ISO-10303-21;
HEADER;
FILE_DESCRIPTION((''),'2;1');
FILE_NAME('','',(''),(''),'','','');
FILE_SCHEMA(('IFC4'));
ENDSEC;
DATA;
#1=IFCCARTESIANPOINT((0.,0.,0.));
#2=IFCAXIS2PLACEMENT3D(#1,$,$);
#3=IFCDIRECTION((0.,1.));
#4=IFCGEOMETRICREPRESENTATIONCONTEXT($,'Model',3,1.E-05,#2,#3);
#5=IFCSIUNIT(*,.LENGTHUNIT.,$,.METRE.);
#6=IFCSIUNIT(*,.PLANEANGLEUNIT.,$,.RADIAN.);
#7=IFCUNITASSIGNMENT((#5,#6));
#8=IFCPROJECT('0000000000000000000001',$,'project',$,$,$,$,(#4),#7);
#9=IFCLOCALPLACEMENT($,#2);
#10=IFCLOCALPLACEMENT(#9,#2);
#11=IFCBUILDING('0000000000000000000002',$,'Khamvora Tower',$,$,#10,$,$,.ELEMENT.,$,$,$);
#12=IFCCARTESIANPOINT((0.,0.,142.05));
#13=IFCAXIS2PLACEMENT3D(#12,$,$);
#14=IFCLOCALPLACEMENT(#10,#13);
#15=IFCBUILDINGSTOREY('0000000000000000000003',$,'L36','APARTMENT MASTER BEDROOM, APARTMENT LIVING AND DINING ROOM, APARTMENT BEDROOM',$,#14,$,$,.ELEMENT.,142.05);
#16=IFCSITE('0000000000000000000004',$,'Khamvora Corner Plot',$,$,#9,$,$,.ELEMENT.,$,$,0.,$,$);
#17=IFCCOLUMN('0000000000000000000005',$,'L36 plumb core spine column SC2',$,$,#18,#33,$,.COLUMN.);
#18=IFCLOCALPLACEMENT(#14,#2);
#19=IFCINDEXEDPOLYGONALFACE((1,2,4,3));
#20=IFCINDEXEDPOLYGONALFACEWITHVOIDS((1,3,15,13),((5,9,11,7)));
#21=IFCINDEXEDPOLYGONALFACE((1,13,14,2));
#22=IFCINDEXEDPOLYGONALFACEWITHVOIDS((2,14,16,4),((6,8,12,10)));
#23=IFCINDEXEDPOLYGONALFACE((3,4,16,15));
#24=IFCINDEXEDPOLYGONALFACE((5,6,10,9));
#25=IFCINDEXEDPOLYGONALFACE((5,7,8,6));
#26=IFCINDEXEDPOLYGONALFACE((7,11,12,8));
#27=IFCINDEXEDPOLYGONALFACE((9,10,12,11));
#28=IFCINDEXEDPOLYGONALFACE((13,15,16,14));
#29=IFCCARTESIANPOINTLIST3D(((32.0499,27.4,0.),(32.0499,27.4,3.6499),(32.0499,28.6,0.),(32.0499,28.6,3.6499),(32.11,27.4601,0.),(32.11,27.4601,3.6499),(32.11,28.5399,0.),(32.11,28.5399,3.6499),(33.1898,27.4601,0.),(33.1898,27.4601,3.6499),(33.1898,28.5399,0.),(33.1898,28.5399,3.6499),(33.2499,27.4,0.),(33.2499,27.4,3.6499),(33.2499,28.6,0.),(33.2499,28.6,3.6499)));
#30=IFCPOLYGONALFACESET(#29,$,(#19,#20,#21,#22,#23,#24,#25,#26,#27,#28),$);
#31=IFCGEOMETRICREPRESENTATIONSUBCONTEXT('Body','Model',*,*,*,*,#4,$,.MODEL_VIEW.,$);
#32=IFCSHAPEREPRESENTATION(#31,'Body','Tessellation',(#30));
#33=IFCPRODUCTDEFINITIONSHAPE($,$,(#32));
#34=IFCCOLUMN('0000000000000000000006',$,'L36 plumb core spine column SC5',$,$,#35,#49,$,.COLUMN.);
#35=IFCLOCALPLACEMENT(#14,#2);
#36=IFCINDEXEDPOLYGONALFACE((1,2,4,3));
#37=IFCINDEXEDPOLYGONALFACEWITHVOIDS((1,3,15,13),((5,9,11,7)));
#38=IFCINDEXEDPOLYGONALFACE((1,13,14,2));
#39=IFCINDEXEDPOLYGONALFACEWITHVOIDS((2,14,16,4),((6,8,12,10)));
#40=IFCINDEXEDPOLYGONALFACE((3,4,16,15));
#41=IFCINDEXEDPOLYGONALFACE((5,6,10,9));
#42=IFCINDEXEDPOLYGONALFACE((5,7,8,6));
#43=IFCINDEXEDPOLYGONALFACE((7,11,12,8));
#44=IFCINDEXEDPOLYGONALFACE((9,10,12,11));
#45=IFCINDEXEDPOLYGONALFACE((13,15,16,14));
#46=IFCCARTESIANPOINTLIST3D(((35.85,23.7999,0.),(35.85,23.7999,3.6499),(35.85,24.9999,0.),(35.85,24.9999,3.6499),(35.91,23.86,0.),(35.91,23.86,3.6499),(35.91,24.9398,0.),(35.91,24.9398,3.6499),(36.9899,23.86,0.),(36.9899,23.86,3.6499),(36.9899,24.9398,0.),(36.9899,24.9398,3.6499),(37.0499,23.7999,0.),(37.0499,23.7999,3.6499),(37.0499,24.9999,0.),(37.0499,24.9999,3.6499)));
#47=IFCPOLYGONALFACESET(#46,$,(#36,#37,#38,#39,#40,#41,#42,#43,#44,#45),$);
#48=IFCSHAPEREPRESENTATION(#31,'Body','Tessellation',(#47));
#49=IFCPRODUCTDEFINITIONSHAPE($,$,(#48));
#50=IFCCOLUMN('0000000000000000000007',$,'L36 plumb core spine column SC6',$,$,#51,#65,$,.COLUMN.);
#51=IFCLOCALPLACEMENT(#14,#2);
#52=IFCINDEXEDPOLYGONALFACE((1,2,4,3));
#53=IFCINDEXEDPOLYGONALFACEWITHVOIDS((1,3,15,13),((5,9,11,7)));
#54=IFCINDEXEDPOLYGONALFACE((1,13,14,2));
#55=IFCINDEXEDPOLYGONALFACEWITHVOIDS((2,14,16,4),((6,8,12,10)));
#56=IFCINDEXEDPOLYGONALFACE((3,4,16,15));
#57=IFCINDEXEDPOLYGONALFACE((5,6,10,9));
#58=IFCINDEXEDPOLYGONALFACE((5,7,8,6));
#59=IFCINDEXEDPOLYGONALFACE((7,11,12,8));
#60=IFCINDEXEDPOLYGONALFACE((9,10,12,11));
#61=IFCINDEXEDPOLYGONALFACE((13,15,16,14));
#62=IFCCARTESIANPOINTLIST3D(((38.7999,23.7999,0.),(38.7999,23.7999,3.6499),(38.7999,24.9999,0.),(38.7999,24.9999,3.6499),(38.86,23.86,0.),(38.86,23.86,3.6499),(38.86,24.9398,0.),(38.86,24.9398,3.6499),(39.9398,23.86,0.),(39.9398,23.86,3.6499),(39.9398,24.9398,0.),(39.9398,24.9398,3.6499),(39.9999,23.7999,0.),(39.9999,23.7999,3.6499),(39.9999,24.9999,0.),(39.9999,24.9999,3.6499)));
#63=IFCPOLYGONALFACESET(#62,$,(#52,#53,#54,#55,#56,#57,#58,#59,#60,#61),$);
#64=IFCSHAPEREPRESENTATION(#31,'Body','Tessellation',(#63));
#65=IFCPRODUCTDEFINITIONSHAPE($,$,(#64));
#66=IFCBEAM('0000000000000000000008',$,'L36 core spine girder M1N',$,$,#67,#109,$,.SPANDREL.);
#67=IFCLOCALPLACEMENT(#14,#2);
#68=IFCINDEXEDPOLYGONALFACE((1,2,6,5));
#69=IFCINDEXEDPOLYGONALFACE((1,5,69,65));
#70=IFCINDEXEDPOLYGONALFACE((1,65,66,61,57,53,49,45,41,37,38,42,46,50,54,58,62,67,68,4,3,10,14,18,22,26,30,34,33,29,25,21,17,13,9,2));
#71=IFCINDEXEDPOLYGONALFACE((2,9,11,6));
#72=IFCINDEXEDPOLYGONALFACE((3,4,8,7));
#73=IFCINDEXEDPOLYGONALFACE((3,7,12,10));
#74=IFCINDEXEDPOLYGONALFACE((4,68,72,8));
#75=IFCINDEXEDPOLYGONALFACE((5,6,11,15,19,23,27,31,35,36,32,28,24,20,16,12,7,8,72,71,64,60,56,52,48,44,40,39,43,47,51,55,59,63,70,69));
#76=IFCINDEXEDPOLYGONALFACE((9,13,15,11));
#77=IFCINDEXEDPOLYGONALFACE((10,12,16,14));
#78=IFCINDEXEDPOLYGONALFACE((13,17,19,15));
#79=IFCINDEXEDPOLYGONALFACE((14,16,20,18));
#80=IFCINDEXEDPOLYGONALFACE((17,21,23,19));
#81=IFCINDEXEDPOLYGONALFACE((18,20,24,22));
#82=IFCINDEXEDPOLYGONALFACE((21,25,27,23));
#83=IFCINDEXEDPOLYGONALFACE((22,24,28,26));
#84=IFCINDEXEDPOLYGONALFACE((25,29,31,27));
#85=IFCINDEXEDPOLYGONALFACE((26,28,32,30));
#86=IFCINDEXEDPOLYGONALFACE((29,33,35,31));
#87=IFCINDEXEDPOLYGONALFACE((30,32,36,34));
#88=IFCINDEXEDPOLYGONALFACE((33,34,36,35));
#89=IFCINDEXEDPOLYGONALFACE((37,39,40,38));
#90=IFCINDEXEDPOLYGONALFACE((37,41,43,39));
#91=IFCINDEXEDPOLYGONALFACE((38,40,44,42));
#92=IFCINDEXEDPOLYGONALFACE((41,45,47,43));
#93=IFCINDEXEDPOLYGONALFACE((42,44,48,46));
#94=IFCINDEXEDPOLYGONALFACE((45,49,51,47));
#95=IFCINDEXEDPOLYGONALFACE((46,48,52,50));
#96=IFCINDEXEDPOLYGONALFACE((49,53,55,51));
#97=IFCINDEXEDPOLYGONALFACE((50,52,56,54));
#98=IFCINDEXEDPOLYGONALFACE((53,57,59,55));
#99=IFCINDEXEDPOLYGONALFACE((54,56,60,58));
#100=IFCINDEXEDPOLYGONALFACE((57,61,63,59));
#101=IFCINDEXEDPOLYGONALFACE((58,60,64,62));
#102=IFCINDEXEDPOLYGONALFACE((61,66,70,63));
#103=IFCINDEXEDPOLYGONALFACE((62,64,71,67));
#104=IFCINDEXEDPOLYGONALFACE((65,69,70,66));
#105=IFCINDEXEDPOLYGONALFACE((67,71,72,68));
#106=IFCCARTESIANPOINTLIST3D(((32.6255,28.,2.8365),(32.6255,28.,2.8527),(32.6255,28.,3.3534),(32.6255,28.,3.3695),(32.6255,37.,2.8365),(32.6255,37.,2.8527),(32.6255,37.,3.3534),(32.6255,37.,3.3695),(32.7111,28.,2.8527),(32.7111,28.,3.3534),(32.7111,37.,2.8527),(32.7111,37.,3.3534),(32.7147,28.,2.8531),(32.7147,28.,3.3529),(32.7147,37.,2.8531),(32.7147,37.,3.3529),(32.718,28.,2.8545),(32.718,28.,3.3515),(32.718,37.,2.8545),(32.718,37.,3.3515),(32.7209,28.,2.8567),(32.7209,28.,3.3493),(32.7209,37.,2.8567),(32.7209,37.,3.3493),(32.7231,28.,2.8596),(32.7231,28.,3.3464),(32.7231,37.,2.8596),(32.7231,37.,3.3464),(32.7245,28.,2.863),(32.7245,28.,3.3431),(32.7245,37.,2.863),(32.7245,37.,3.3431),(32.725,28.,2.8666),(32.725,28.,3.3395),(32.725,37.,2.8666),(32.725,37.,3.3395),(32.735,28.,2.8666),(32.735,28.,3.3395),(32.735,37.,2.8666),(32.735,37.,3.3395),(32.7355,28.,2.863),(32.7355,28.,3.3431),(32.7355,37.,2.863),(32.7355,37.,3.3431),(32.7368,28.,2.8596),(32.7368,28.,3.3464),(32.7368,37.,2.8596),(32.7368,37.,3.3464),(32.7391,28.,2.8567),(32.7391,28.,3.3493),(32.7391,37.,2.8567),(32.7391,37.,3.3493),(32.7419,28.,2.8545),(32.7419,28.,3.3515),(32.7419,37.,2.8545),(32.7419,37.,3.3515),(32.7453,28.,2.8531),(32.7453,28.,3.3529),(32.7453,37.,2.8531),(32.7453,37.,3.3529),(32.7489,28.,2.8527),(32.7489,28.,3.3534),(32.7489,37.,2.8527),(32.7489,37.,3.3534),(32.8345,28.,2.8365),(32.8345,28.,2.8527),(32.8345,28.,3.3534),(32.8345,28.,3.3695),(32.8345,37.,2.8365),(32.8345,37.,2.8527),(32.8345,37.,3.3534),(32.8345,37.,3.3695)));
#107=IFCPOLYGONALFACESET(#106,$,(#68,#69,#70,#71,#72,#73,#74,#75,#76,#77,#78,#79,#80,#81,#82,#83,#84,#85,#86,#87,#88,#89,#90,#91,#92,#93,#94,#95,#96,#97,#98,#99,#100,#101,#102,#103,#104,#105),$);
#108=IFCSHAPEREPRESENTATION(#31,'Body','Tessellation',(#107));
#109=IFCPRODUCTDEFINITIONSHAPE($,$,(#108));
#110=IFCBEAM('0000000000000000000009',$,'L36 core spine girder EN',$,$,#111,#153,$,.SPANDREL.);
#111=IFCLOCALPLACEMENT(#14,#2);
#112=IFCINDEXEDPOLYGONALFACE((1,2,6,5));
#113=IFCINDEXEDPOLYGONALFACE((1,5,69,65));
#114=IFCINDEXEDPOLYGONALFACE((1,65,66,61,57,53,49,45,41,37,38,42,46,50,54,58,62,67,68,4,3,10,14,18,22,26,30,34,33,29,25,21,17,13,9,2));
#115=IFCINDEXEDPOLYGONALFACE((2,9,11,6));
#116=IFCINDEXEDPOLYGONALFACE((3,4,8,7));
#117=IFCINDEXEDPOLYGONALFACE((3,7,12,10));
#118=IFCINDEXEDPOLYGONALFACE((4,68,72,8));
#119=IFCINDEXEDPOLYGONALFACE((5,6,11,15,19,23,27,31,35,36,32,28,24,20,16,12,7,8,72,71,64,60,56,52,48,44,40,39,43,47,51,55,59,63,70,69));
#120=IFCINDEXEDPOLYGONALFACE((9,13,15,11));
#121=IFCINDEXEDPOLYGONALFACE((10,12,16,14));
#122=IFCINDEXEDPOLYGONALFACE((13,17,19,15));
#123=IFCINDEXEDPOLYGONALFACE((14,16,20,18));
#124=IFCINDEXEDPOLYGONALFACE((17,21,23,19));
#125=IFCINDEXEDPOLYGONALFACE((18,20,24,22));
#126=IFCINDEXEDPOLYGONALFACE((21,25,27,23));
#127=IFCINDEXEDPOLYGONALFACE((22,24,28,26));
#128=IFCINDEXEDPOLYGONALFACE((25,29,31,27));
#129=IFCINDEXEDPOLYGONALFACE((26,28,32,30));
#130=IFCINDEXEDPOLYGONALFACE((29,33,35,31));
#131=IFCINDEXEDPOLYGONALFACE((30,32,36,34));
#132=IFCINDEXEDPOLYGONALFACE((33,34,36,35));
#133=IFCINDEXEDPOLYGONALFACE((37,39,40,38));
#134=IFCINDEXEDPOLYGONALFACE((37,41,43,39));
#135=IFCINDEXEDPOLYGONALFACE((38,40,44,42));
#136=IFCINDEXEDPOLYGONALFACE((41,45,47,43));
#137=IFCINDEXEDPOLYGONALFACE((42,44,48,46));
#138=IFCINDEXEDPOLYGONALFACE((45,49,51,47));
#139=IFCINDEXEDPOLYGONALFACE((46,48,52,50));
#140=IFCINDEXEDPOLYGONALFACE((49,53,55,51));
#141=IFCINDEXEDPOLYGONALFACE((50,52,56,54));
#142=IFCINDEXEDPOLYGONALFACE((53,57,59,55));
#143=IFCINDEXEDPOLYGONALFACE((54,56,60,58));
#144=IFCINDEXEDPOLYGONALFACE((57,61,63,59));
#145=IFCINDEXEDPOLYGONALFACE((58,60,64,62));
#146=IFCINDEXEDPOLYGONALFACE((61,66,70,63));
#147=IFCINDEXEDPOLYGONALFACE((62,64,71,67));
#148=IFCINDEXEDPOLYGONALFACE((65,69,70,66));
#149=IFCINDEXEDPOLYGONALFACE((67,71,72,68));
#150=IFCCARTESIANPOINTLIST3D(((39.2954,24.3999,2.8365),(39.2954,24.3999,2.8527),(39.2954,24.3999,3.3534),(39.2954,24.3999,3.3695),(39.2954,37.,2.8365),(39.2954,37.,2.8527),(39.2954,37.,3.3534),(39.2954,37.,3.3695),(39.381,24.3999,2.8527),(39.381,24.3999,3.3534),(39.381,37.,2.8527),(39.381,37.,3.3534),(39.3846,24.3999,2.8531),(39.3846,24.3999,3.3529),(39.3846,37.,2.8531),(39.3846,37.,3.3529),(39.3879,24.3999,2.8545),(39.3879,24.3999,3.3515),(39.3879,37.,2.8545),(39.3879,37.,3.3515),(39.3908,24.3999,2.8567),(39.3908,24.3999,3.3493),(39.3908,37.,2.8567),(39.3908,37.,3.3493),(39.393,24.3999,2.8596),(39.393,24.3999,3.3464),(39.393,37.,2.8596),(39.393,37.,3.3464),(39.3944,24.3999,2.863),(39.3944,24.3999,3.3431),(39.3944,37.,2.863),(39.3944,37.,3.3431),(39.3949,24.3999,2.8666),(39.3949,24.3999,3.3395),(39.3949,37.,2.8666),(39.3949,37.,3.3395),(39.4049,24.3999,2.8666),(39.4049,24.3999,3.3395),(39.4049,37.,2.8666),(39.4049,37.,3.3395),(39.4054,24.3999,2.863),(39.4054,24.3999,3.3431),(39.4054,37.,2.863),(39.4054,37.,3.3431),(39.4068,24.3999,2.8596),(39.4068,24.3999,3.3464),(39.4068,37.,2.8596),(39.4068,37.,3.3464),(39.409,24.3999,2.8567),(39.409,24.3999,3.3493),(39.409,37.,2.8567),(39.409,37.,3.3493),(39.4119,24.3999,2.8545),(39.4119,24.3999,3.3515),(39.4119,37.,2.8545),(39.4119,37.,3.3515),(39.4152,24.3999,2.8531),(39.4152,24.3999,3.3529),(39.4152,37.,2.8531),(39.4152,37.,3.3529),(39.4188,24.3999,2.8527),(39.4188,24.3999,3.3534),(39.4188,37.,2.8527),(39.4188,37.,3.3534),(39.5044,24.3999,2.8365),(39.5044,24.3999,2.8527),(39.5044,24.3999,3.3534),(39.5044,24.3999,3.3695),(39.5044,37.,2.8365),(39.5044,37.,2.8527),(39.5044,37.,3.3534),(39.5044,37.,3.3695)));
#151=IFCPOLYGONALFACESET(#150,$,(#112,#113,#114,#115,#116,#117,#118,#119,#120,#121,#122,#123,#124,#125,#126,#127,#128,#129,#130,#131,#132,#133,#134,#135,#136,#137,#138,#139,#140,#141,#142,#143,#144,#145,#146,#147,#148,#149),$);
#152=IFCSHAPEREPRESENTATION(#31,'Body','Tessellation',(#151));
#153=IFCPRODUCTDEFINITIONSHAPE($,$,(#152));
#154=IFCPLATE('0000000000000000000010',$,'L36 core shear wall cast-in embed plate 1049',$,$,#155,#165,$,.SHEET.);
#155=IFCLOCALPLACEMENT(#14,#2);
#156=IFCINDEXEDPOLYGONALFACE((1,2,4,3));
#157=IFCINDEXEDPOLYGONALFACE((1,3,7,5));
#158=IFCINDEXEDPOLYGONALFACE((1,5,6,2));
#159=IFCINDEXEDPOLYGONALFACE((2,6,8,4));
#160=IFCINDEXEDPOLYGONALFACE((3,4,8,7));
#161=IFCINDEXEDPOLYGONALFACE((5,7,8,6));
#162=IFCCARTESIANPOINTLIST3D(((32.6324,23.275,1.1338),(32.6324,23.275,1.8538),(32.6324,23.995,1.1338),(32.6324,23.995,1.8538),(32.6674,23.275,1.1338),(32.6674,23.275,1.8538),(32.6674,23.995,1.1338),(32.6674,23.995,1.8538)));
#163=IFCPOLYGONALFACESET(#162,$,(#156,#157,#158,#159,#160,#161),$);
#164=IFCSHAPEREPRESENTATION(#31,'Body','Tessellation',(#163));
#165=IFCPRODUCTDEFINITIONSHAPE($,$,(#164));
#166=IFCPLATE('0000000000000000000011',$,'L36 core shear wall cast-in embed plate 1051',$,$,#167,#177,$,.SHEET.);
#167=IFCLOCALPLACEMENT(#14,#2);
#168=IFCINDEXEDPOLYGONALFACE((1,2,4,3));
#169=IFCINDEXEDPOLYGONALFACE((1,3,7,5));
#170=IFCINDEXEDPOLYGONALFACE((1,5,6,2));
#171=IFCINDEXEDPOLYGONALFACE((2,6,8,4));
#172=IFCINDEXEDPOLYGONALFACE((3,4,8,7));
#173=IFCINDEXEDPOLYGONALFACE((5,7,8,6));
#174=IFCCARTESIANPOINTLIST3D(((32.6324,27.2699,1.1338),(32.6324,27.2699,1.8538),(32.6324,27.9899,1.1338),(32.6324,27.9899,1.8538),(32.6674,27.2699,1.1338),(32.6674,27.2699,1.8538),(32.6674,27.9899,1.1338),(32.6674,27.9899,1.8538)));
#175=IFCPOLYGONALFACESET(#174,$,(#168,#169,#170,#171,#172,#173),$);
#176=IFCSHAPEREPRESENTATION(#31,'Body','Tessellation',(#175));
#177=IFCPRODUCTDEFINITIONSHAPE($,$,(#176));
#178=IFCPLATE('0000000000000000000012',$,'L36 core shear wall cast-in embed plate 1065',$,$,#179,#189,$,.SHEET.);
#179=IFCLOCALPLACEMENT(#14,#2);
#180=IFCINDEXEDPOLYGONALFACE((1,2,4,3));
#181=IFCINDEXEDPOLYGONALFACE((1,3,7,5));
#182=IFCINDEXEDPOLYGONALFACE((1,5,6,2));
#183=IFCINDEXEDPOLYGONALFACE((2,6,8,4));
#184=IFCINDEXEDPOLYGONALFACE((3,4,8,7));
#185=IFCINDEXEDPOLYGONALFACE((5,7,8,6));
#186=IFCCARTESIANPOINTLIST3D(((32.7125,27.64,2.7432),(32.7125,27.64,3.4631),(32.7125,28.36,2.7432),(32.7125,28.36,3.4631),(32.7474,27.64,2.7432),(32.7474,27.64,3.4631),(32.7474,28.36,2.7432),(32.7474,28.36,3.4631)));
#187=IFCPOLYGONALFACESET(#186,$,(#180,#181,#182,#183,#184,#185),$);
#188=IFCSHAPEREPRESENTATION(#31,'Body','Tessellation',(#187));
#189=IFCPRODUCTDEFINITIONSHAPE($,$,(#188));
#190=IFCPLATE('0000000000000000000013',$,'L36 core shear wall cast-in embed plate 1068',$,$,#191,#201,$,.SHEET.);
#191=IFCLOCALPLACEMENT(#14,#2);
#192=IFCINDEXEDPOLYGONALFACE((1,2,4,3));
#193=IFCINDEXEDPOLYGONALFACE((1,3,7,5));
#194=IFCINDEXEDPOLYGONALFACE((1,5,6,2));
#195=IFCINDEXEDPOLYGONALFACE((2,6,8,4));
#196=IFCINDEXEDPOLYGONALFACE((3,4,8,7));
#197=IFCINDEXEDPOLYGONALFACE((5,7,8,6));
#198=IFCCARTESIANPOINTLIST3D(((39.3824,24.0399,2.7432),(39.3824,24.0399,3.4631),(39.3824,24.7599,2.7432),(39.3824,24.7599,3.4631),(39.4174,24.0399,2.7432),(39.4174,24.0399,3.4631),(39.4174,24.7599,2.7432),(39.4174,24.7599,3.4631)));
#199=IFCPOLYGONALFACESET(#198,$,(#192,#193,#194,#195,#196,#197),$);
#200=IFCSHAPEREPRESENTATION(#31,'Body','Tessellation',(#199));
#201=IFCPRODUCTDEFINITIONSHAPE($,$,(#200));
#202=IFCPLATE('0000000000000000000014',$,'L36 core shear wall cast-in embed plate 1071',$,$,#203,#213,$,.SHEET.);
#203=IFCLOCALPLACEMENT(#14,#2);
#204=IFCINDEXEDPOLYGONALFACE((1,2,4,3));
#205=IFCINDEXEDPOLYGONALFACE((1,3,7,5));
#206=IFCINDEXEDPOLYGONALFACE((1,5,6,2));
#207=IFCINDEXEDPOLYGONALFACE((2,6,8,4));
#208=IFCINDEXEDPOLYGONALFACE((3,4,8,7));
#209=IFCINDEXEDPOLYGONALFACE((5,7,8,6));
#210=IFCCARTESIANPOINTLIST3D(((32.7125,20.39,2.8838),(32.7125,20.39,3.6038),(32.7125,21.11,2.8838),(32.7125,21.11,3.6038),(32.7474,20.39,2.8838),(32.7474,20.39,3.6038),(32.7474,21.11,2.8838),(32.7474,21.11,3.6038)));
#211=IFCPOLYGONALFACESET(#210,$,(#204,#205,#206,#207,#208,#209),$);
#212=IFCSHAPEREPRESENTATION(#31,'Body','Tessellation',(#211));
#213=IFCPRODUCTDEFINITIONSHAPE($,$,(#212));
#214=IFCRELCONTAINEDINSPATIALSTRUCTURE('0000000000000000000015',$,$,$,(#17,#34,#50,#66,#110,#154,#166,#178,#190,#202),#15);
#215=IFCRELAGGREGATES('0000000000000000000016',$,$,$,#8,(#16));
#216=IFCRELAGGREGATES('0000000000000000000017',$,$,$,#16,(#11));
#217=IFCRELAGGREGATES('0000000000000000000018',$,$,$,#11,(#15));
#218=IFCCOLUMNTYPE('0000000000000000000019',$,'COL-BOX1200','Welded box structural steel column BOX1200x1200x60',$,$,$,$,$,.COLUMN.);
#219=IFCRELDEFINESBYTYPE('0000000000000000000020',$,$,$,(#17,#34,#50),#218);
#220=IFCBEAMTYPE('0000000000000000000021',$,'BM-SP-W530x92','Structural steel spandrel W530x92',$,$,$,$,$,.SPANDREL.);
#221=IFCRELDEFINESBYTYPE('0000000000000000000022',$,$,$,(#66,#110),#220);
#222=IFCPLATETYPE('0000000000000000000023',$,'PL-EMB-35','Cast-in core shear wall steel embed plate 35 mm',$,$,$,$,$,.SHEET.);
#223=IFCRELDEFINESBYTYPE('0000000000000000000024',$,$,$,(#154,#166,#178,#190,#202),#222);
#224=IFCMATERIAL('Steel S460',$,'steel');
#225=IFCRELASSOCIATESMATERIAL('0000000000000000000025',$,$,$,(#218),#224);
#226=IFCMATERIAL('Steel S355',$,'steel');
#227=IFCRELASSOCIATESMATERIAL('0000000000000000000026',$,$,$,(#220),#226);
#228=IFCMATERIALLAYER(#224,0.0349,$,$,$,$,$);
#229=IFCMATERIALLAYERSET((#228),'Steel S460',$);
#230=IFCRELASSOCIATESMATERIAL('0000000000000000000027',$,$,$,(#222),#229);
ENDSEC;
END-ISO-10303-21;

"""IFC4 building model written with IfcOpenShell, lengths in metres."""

from ifc_helpers import new_model, si_unit, direction, frame, origin, origin_2d, place, context, subcontext, project, spatial, rectangle, hollow_rectangle, i_section, extrude, material, layer, layer_set, material_profile, profile_set, type_object, element, save


model = new_model("IFC4")

# Units and contexts
model_context = context("Model", 3, precision=1e-05, world=origin(), true_north=direction((0.0, 1.0)))
body_context = subcontext(model_context, "Body", "Model", "MODEL_VIEW")
ifc_project = project(units=[si_unit("LENGTHUNIT", "METRE"), si_unit("PLANEANGLEUNIT", "RADIAN")], contexts=[model_context])

# Site, building, storey
site_placement = place(None, origin())
site = spatial("IfcSite", under=ifc_project, at=site_placement, Name="Khamvora Corner Plot", CompositionType="ELEMENT", RefElevation=0.0)
building_placement = place(site_placement, origin())
building = spatial("IfcBuilding", under=site, at=building_placement, Name="Khamvora Tower", CompositionType="ELEMENT")
storey_placement = place(building_placement, frame((0.0, 0.0, 142.05)))
storey = spatial("IfcBuildingStorey", under=building, at=storey_placement, Name="L36", Description="APARTMENT MASTER BEDROOM, APARTMENT LIVING AND DINING ROOM, APARTMENT BEDROOM", CompositionType="ELEMENT", Elevation=142.05)

# Columns
ifc_material_1 = material(Name="Steel S460", Category="steel")
ifc_material_profile_1 = material_profile(ifc_material_1, hollow_rectangle(XDim=1.2, YDim=1.2, WallThickness=0.0601, at=origin_2d()), Name="BOX1200x1200x60")
ifc_profile_set_1 = profile_set([ifc_material_profile_1], Name="Steel S460")
column_type = type_object("IfcColumnType", Name="COL-BOX1200", Description="Welded box structural steel column BOX1200x1200x60", PredefinedType="COLUMN", material=ifc_profile_set_1)
for number, where, z_axis, x_axis, name in (
    (1, (32.6499, 28.0, 0.0), (0.0, 0.0, 1.0), (1.0, 0.0, 0.0), "L36 plumb core spine column SC2"),
    (2, (36.45, 24.3999, 0.0), (0.0, 0.0, 1.0), (1.0, 0.0, 0.0), "L36 plumb core spine column SC5"),
    (3, (39.3999, 24.3999, 0.0), (0.0, 0.0, 1.0), (1.0, 0.0, 0.0), "L36 plumb core spine column SC6"),
):
    element("IfcColumn", number, at=place(storey_placement, frame(where, z_axis=z_axis, x_axis=x_axis)), inside=storey, type_object=column_type, Name=name, PredefinedType="COLUMN", context=body_context, shape_type="SweptSolid", body=[
        extrude(hollow_rectangle(XDim=1.2, YDim=1.2, WallThickness=0.0601, at=origin_2d()), origin(), (0.0, 0.0, 1.0), 3.6499),
    ])

# Beams
ifc_material_2 = material(Name="Steel S355", Category="steel")
ifc_material_profile_2 = material_profile(ifc_material_2, i_section(OverallWidth=0.209, OverallDepth=0.533, WebThickness=0.01, FlangeThickness=0.0161, FilletRadius=0.0139, at=origin_2d()), Name="W530x92")
ifc_profile_set_2 = profile_set([ifc_material_profile_2], Name="Steel S355")
beam_type = type_object("IfcBeamType", Name="BM-SP-W530x92", Description="Structural steel spandrel W530x92", PredefinedType="SPANDREL", material=ifc_profile_set_2)
beam_1_placement = place(storey_placement, frame((32.73, 28.0, 3.103), z_axis=(0.0, 1.0, 0.0), x_axis=(-1.0, 0.0, 0.0)))
element("IfcBeam", 4, at=beam_1_placement, inside=storey, type_object=beam_type, Name="L36 core spine girder M1N", PredefinedType="SPANDREL", context=body_context, shape_type="SweptSolid", body=[
    extrude(i_section(OverallWidth=0.209, OverallDepth=0.533, WebThickness=0.01, FlangeThickness=0.0161, FilletRadius=0.0139, at=origin_2d()), origin(), (0.0, 0.0, 1.0), 9.0),
])
beam_2_placement = place(storey_placement, frame((39.3999, 24.3999, 3.103), z_axis=(0.0, 1.0, 0.0), x_axis=(-1.0, 0.0, 0.0)))
element("IfcBeam", 5, at=beam_2_placement, inside=storey, type_object=beam_type, Name="L36 core spine girder EN", PredefinedType="SPANDREL", context=body_context, shape_type="SweptSolid", body=[
    extrude(i_section(OverallWidth=0.209, OverallDepth=0.533, WebThickness=0.01, FlangeThickness=0.0161, FilletRadius=0.0139, at=origin_2d()), origin(), (0.0, 0.0, 1.0), 12.6001),
])

# Plates
ifc_layer_1 = layer(ifc_material_1, 0.0349)
ifc_layer_set_1 = layer_set([ifc_layer_1], Name="Steel S460")
plate_type = type_object("IfcPlateType", Name="PL-EMB-35", Description="Cast-in core shear wall steel embed plate 35 mm", PredefinedType="SHEET", material=ifc_layer_set_1)
for number, where, z_axis, x_axis, name in (
    (6, (32.6499, 23.635, 1.1338), (0.0, 0.0, 1.0), (1.0, 0.0, 0.0), "L36 core shear wall cast-in embed plate 1049"),
    (7, (32.6499, 27.6299, 1.1338), (0.0, 0.0, 1.0), (1.0, 0.0, 0.0), "L36 core shear wall cast-in embed plate 1051"),
    (8, (32.73, 28.0, 2.7432), (0.0, 0.0, 1.0), (1.0, 0.0, 0.0), "L36 core shear wall cast-in embed plate 1065"),
    (9, (39.3999, 24.3999, 2.7432), (0.0, 0.0, 1.0), (1.0, 0.0, 0.0), "L36 core shear wall cast-in embed plate 1068"),
    (10, (32.73, 20.75, 2.8838), (0.0, 0.0, 1.0), (1.0, 0.0, 0.0), "L36 core shear wall cast-in embed plate 1071"),
):
    element("IfcPlate", number, at=place(storey_placement, frame(where, z_axis=z_axis, x_axis=x_axis)), inside=storey, type_object=plate_type, Name=name, PredefinedType="SHEET", context=body_context, shape_type="SweptSolid", body=[
        extrude(rectangle(XDim=0.0349, YDim=0.72, at=origin_2d()), origin(), (0.0, 0.0, 1.0), 0.72),
    ])

save(model, "model.ifc")
